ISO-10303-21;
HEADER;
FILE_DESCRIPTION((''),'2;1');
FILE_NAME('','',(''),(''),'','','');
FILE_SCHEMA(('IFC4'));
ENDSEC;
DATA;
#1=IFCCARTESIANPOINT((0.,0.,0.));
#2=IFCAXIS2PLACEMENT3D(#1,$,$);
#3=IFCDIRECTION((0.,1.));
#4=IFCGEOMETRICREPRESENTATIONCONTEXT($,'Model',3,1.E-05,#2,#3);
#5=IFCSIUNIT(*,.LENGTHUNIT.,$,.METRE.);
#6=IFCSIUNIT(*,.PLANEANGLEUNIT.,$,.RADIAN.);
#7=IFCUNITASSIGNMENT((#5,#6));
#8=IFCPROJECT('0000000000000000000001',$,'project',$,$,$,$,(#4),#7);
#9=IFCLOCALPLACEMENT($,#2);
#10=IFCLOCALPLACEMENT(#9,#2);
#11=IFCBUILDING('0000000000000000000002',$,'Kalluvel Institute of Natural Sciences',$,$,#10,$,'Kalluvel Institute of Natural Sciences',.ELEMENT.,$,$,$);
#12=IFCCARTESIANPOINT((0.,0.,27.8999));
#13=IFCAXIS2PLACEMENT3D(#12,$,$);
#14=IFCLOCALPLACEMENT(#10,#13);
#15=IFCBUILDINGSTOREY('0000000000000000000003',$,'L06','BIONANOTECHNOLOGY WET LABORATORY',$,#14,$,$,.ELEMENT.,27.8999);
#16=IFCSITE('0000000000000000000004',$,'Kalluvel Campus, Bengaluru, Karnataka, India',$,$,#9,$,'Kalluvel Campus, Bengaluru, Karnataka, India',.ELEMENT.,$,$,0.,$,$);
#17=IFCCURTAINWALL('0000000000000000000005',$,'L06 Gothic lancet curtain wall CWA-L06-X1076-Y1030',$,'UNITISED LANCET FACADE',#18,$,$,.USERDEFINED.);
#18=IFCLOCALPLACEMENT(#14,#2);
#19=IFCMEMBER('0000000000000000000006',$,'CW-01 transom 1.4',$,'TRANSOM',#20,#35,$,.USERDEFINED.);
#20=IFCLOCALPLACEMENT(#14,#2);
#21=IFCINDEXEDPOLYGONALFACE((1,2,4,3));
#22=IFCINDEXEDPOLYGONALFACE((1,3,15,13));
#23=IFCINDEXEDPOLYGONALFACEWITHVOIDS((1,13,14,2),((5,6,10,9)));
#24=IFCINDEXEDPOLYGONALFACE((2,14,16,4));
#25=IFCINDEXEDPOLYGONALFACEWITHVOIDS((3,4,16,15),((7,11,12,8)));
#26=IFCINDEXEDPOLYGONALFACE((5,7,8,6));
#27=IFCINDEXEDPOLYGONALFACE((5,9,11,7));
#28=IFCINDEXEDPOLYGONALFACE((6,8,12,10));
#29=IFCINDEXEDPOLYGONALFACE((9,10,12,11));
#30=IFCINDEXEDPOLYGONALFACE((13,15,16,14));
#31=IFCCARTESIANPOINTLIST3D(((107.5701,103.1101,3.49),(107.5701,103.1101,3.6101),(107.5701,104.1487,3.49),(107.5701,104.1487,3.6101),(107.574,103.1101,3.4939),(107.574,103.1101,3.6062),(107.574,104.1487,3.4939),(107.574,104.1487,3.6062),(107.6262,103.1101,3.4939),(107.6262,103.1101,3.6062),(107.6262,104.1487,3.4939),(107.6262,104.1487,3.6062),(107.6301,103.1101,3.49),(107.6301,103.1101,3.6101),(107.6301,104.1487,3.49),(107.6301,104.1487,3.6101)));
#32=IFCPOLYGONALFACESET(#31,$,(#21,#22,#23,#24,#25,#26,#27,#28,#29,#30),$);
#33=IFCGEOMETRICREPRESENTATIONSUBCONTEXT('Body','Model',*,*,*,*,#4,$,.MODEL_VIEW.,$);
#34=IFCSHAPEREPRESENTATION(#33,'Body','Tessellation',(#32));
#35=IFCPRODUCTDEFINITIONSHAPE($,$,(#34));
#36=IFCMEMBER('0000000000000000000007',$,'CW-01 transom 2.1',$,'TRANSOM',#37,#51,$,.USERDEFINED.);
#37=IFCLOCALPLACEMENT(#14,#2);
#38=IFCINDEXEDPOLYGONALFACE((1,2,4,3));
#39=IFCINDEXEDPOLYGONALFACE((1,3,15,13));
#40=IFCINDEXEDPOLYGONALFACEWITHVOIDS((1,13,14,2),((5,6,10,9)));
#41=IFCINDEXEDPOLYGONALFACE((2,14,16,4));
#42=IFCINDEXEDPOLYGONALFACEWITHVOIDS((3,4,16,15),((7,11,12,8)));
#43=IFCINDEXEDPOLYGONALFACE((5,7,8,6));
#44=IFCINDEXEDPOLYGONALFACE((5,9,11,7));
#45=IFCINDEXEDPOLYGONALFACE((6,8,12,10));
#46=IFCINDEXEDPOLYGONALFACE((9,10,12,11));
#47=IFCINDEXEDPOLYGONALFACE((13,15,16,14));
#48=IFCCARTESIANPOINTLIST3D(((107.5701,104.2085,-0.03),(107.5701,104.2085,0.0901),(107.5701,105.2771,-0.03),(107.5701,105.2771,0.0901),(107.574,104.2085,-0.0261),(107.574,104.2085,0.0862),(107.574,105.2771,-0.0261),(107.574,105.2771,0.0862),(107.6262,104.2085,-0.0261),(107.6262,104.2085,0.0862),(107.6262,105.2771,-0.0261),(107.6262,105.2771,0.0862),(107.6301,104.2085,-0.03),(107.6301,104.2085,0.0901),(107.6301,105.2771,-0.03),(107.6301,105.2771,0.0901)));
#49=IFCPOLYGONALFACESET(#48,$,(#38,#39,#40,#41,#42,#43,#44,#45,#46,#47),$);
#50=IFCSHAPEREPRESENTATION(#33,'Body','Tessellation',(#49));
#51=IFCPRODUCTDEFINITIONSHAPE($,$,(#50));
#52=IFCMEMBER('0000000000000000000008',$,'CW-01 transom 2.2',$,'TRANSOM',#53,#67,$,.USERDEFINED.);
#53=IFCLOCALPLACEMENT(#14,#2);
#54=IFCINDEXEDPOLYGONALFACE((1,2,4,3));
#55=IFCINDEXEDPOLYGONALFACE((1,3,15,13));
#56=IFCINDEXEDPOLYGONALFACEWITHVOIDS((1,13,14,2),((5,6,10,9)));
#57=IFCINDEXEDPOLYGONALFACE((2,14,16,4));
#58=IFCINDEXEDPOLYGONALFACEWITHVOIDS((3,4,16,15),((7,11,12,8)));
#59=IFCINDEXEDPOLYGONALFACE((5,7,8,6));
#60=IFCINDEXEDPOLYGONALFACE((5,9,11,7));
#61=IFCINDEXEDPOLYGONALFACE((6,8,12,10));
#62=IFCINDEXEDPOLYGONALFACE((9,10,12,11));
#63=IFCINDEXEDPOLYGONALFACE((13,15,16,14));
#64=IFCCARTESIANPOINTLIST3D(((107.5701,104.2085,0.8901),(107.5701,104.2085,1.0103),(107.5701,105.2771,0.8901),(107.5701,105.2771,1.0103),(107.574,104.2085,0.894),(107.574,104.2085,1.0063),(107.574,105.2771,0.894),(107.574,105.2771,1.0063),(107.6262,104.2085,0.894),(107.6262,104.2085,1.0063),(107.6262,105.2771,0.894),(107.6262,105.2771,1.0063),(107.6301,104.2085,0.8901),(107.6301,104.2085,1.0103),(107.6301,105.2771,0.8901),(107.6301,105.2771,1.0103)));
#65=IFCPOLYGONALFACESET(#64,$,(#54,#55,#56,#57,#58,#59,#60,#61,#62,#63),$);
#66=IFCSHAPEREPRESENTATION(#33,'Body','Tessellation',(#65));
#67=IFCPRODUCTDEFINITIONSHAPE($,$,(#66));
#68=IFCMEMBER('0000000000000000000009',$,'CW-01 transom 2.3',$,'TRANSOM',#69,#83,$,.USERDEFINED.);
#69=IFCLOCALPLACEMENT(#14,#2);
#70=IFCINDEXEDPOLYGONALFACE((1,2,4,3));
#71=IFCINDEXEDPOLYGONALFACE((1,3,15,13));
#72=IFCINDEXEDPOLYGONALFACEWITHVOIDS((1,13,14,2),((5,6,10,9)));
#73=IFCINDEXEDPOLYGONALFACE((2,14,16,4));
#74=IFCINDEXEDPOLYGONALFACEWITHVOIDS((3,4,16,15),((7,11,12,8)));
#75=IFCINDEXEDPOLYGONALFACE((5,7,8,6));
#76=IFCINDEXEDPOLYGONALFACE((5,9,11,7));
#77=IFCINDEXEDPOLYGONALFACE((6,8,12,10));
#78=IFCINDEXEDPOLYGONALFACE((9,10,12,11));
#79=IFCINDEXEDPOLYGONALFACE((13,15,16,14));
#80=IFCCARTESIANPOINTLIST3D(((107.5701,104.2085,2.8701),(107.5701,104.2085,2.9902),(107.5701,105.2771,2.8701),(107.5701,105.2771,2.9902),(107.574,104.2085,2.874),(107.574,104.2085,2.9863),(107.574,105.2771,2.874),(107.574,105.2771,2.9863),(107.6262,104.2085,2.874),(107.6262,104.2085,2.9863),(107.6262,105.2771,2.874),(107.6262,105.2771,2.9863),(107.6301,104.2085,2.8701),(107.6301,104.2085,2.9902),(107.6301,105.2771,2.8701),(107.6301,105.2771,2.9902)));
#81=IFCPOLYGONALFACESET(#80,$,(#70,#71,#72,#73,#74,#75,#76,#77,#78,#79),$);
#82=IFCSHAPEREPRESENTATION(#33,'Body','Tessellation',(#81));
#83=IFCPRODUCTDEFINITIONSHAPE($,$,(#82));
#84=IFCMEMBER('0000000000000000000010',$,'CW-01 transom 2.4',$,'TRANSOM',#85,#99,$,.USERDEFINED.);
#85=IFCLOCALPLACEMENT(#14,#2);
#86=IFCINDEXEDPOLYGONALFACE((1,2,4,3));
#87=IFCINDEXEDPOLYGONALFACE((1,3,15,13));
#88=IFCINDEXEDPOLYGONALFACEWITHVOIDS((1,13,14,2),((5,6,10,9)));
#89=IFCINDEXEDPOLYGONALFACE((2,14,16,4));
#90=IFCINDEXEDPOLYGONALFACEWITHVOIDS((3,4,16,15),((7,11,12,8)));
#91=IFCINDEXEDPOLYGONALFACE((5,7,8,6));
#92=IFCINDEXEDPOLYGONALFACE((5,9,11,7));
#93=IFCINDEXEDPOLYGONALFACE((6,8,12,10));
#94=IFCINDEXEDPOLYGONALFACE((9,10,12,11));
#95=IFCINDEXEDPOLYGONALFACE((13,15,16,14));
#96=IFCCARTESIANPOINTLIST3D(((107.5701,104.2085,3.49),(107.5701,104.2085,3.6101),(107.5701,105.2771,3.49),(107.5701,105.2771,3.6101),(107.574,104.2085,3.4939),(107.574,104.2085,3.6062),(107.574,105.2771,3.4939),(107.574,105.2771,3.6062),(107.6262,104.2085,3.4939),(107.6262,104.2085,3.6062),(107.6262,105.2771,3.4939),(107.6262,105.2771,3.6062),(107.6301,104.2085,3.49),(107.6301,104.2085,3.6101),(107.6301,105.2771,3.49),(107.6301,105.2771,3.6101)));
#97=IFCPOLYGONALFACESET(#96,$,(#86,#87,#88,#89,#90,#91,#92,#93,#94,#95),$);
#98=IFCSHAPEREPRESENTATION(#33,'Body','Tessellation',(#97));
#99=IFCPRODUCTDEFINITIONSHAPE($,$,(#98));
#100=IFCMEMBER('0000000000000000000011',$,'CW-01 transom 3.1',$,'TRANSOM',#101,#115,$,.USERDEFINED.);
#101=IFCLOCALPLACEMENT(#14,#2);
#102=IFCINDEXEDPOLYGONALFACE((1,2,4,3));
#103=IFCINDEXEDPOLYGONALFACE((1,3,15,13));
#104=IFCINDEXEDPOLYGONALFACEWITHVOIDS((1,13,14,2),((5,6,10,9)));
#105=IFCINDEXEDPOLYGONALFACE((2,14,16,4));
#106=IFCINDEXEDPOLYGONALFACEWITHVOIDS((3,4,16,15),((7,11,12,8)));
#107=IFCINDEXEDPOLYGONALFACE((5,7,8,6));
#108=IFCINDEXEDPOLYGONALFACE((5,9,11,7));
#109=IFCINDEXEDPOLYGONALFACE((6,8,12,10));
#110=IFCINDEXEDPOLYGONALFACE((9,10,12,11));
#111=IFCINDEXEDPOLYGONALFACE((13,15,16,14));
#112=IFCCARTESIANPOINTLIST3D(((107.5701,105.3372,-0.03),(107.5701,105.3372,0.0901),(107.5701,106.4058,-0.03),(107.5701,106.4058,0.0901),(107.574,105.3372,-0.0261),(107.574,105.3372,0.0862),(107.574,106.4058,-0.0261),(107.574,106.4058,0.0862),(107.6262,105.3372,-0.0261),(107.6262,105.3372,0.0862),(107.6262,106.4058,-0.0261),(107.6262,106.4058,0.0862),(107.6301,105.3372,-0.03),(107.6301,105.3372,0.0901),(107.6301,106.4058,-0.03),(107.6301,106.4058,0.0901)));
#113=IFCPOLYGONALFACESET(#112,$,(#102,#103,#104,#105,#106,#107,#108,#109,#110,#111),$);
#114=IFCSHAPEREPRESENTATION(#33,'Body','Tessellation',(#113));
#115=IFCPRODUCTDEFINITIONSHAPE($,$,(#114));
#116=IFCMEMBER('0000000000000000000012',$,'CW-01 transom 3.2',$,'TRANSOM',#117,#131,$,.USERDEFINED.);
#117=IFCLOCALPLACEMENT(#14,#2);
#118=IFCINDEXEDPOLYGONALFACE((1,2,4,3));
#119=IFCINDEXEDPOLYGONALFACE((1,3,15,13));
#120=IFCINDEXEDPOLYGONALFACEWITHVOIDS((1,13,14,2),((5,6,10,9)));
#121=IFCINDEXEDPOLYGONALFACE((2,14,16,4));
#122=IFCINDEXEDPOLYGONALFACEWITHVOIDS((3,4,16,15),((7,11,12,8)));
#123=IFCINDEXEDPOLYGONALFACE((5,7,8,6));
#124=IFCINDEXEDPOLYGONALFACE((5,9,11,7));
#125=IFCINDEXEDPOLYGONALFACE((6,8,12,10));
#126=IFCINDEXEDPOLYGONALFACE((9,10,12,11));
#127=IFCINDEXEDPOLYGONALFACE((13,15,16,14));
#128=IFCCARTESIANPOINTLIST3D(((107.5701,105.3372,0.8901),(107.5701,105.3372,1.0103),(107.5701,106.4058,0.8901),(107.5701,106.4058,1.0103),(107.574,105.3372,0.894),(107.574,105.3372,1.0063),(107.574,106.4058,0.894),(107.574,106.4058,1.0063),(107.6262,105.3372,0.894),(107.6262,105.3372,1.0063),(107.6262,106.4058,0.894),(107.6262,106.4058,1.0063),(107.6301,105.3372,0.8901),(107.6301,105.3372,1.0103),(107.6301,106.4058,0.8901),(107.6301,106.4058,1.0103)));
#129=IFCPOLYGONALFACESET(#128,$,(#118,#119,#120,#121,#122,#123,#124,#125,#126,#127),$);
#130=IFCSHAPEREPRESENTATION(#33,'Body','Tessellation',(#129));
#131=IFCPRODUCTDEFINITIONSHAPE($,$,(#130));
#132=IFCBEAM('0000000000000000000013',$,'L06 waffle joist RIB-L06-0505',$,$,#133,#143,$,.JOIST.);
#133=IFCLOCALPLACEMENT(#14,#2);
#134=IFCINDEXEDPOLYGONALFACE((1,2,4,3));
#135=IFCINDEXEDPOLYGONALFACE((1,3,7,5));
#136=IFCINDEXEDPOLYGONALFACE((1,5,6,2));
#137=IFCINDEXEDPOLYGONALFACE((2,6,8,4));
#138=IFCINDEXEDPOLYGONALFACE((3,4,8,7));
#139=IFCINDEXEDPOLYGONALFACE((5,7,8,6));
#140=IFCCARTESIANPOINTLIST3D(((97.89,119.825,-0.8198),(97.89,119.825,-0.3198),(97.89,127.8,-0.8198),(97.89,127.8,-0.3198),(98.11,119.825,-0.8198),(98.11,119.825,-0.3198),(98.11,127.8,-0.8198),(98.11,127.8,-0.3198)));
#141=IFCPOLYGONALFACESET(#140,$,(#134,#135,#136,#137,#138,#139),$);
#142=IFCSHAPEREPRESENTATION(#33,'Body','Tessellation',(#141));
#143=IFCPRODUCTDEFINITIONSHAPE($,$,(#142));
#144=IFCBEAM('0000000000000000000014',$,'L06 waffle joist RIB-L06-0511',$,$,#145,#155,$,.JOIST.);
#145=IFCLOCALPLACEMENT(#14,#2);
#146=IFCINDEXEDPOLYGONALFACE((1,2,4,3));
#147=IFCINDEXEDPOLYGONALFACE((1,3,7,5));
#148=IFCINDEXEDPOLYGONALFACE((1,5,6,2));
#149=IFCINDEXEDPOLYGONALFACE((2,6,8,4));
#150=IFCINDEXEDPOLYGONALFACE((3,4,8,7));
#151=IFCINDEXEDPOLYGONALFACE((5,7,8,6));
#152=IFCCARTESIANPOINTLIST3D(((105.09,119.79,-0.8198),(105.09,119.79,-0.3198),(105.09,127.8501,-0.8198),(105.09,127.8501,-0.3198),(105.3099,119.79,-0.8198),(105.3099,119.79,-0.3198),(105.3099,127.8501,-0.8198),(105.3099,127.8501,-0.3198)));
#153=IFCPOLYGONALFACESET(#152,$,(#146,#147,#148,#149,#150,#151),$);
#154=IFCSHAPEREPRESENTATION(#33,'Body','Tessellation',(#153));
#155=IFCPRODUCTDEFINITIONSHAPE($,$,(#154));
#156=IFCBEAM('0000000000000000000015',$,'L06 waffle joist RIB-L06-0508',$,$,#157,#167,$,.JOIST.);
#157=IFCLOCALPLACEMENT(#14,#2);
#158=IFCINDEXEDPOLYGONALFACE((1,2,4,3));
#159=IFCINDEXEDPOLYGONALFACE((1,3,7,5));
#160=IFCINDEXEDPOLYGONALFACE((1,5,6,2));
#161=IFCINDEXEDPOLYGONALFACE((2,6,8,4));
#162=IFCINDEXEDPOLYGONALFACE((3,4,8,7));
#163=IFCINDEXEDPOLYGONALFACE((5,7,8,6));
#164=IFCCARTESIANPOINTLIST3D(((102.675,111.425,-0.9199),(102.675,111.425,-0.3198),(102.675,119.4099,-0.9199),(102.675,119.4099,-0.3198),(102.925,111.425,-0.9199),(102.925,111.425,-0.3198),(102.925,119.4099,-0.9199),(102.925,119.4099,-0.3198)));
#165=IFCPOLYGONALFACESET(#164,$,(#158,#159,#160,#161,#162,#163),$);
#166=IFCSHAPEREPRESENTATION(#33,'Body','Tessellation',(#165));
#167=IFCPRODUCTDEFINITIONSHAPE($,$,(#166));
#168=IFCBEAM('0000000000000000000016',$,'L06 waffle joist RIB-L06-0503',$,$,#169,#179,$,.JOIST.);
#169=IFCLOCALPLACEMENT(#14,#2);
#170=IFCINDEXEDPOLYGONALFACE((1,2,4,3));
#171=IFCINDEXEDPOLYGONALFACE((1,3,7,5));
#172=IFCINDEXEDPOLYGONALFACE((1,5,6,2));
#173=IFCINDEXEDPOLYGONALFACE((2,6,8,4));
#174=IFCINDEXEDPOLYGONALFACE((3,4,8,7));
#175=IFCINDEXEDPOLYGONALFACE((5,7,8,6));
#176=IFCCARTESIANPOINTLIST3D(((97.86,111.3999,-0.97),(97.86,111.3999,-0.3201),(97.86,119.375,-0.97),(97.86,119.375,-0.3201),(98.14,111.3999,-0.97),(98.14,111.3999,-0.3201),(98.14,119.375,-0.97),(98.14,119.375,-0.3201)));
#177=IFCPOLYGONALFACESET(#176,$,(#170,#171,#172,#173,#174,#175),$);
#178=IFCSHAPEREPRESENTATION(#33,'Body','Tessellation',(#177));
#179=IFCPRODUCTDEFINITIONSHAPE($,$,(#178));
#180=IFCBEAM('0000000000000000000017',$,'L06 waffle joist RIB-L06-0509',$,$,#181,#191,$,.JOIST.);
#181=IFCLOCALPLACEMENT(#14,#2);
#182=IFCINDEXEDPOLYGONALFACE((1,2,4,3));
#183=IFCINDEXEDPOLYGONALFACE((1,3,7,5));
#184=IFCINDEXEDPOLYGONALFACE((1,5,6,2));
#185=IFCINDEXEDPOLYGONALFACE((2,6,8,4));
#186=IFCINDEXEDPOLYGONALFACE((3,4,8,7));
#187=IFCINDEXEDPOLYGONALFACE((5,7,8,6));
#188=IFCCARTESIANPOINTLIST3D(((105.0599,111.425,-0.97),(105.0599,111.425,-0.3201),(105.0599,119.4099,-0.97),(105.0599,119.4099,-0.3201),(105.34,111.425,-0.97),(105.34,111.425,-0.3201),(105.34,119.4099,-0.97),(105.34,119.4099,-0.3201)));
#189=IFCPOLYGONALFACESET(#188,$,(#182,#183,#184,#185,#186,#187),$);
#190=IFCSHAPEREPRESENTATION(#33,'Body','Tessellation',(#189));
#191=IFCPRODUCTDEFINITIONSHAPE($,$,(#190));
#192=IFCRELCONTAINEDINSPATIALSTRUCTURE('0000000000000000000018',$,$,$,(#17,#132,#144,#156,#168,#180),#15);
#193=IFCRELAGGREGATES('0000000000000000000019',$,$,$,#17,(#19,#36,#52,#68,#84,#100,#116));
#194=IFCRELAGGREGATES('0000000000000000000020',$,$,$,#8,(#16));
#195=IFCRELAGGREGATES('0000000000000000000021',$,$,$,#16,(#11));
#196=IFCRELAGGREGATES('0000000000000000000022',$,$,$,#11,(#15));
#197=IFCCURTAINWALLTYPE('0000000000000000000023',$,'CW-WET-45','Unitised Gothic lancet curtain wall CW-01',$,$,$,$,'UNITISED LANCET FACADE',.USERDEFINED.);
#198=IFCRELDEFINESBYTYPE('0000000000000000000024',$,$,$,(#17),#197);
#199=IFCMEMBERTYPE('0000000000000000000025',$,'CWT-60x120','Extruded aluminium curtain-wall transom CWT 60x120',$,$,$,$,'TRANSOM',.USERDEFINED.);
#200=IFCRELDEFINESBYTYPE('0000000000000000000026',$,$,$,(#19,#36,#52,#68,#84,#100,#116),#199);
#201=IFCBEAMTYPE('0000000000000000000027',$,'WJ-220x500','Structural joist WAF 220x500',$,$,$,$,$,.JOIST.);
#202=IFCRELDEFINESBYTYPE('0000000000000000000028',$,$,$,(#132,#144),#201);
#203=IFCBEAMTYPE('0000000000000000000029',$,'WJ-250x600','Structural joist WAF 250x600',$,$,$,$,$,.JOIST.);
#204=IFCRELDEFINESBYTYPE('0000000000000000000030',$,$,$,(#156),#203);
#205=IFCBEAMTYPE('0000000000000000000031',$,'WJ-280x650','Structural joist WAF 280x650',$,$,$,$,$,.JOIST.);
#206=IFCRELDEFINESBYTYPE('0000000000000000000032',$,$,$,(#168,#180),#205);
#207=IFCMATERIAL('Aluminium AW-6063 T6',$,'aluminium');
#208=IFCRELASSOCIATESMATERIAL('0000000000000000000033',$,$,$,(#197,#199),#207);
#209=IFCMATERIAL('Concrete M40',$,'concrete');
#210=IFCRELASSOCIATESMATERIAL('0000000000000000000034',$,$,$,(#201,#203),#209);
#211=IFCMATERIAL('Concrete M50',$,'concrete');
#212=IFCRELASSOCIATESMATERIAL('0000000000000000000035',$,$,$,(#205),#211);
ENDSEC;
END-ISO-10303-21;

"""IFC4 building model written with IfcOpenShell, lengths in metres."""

from ifc_helpers import new_model, si_unit, direction, frame, origin, origin_2d, place, context, subcontext, project, spatial, rectangle, hollow_rectangle, extrude, material, material_profile, profile_set, type_object, element, aggregate, save


model = new_model("IFC4")

# Units and contexts
model_context = context("Model", 3, precision=1e-05, world=origin(), true_north=direction((0.0, 1.0)))
body_context = subcontext(model_context, "Body", "Model", "MODEL_VIEW")
ifc_project = project(units=[si_unit("LENGTHUNIT", "METRE"), si_unit("PLANEANGLEUNIT", "RADIAN")], contexts=[model_context])

# Site, building, storey
site_placement = place(None, origin())
site = spatial("IfcSite", under=ifc_project, at=site_placement, Name="Kalluvel Campus, Bengaluru, Karnataka, India", LongName="Kalluvel Campus, Bengaluru, Karnataka, India", CompositionType="ELEMENT", RefElevation=0.0)
building_placement = place(site_placement, origin())
building = spatial("IfcBuilding", under=site, at=building_placement, Name="Kalluvel Institute of Natural Sciences", LongName="Kalluvel Institute of Natural Sciences", CompositionType="ELEMENT")
storey_placement = place(building_placement, frame((0.0, 0.0, 27.8999)))
storey = spatial("IfcBuildingStorey", under=building, at=storey_placement, Name="L06", Description="BIONANOTECHNOLOGY WET LABORATORY", CompositionType="ELEMENT", Elevation=27.8999)

# Shared definitions
ifc_material_1 = material(Name="Concrete M40", Category="concrete")

# Curtain wall, members
ifc_material_2 = material(Name="Aluminium AW-6063 T6", Category="aluminium")
curtain_wall_type = type_object("IfcCurtainWallType", Name="CW-WET-45", Description="Unitised Gothic lancet curtain wall CW-01", ElementType="UNITISED LANCET FACADE", PredefinedType="USERDEFINED", material=ifc_material_2)
curtain_wall_placement = place(storey_placement, origin())
curtain_wall = element("IfcCurtainWall", 1, at=curtain_wall_placement, inside=storey, type_object=curtain_wall_type, Name="L06 Gothic lancet curtain wall CWA-L06-X1076-Y1030", ObjectType="UNITISED LANCET FACADE", PredefinedType="USERDEFINED")
ifc_material_profile_1 = material_profile(ifc_material_2, hollow_rectangle(XDim=0.0601, YDim=0.1201, WallThickness=0.0039, at=origin_2d()), Name="CWT 60x120")
ifc_profile_set_1 = profile_set([ifc_material_profile_1], Name="Aluminium AW-6063 T6")
member_type_1 = type_object("IfcMemberType", Name="CWT-60x120", Description="Extruded aluminium curtain-wall transom CWT 60x120", ElementType="TRANSOM", PredefinedType="USERDEFINED", material=ifc_profile_set_1)
member_1_placement = place(storey_placement, frame((107.6001, 103.1101, 3.55), z_axis=(0.0, 1.0, 0.0), x_axis=(-1.0, 0.0, 0.0)))
member_1 = element("IfcMember", 2, at=member_1_placement, type_object=member_type_1, Name="CW-01 transom 1.4", ObjectType="TRANSOM", PredefinedType="USERDEFINED", context=body_context, shape_type="SweptSolid", body=[
    extrude(hollow_rectangle(XDim=0.0601, YDim=0.1201, WallThickness=0.0039, at=origin_2d()), origin(), (0.0, 0.0, 1.0), 1.0386),
])
member_2_placement = place(storey_placement, frame((107.6001, 104.2085, 0.03), z_axis=(0.0, 1.0, 0.0), x_axis=(-1.0, 0.0, 0.0)))
member_2 = element("IfcMember", 3, at=member_2_placement, type_object=member_type_1, Name="CW-01 transom 2.1", ObjectType="TRANSOM", PredefinedType="USERDEFINED", context=body_context, shape_type="SweptSolid", body=[
    extrude(hollow_rectangle(XDim=0.0601, YDim=0.1201, WallThickness=0.0039, at=origin_2d()), origin(), (0.0, 0.0, 1.0), 1.0686),
])
member_3_placement = place(storey_placement, frame((107.6001, 104.2085, 0.9502), z_axis=(0.0, 1.0, 0.0), x_axis=(-1.0, 0.0, 0.0)))
member_3 = element("IfcMember", 4, at=member_3_placement, type_object=member_type_1, Name="CW-01 transom 2.2", ObjectType="TRANSOM", PredefinedType="USERDEFINED", context=body_context, shape_type="SweptSolid", body=[
    extrude(hollow_rectangle(XDim=0.0601, YDim=0.1201, WallThickness=0.0039, at=origin_2d()), origin(), (0.0, 0.0, 1.0), 1.0686),
])
member_4_placement = place(storey_placement, frame((107.6001, 104.2085, 2.9302), z_axis=(0.0, 1.0, 0.0), x_axis=(-1.0, 0.0, 0.0)))
member_4 = element("IfcMember", 5, at=member_4_placement, type_object=member_type_1, Name="CW-01 transom 2.3", ObjectType="TRANSOM", PredefinedType="USERDEFINED", context=body_context, shape_type="SweptSolid", body=[
    extrude(hollow_rectangle(XDim=0.0601, YDim=0.1201, WallThickness=0.0039, at=origin_2d()), origin(), (0.0, 0.0, 1.0), 1.0686),
])
member_5_placement = place(storey_placement, frame((107.6001, 104.2085, 3.55), z_axis=(0.0, 1.0, 0.0), x_axis=(-1.0, 0.0, 0.0)))
member_5 = element("IfcMember", 6, at=member_5_placement, type_object=member_type_1, Name="CW-01 transom 2.4", ObjectType="TRANSOM", PredefinedType="USERDEFINED", context=body_context, shape_type="SweptSolid", body=[
    extrude(hollow_rectangle(XDim=0.0601, YDim=0.1201, WallThickness=0.0039, at=origin_2d()), origin(), (0.0, 0.0, 1.0), 1.0686),
])
member_6_placement = place(storey_placement, frame((107.6001, 105.3372, 0.03), z_axis=(0.0, 1.0, 0.0), x_axis=(-1.0, 0.0, 0.0)))
member_6 = element("IfcMember", 7, at=member_6_placement, type_object=member_type_1, Name="CW-01 transom 3.1", ObjectType="TRANSOM", PredefinedType="USERDEFINED", context=body_context, shape_type="SweptSolid", body=[
    extrude(hollow_rectangle(XDim=0.0601, YDim=0.1201, WallThickness=0.0039, at=origin_2d()), origin(), (0.0, 0.0, 1.0), 1.0686),
])
member_7_placement = place(storey_placement, frame((107.6001, 105.3372, 0.9502), z_axis=(0.0, 1.0, 0.0), x_axis=(-1.0, 0.0, 0.0)))
member_7 = element("IfcMember", 8, at=member_7_placement, type_object=member_type_1, Name="CW-01 transom 3.2", ObjectType="TRANSOM", PredefinedType="USERDEFINED", context=body_context, shape_type="SweptSolid", body=[
    extrude(hollow_rectangle(XDim=0.0601, YDim=0.1201, WallThickness=0.0039, at=origin_2d()), origin(), (0.0, 0.0, 1.0), 1.0686),
])

# Beams
ifc_material_profile_2 = material_profile(ifc_material_1, rectangle(XDim=0.22, YDim=0.5, at=origin_2d()), Name="WAF 220x500")
ifc_profile_set_2 = profile_set([ifc_material_profile_2], Name="Concrete M40")
beam_type_1 = type_object("IfcBeamType", Name="WJ-220x500", Description="Structural joist WAF 220x500", PredefinedType="JOIST", material=ifc_profile_set_2)
beam_1_placement = place(storey_placement, frame((98.0, 119.825, -0.5698), z_axis=(0.0, 1.0, 0.0), x_axis=(-1.0, 0.0, 0.0)))
element("IfcBeam", 9, at=beam_1_placement, inside=storey, type_object=beam_type_1, Name="L06 waffle joist RIB-L06-0505", PredefinedType="JOIST", context=body_context, shape_type="SweptSolid", body=[
    extrude(rectangle(XDim=0.22, YDim=0.5, at=origin_2d()), origin(), (0.0, 0.0, 1.0), 7.9751),
])
beam_2_placement = place(storey_placement, frame((105.2, 119.79, -0.5698), z_axis=(0.0, 1.0, 0.0), x_axis=(-1.0, 0.0, 0.0)))
element("IfcBeam", 10, at=beam_2_placement, inside=storey, type_object=beam_type_1, Name="L06 waffle joist RIB-L06-0511", PredefinedType="JOIST", context=body_context, shape_type="SweptSolid", body=[
    extrude(rectangle(XDim=0.22, YDim=0.5, at=origin_2d()), origin(), (0.0, 0.0, 1.0), 8.0601),
])
ifc_material_profile_3 = material_profile(ifc_material_1, rectangle(XDim=0.25, YDim=0.6001, at=origin_2d()), Name="WAF 250x600")
ifc_profile_set_3 = profile_set([ifc_material_profile_3], Name="Concrete M40")
beam_type_2 = type_object("IfcBeamType", Name="WJ-250x600", Description="Structural joist WAF 250x600", PredefinedType="JOIST", material=ifc_profile_set_3)
beam_3_placement = place(storey_placement, frame((102.8, 111.425, -0.6199), z_axis=(0.0, 1.0, 0.0), x_axis=(-1.0, 0.0, 0.0)))
element("IfcBeam", 11, at=beam_3_placement, inside=storey, type_object=beam_type_2, Name="L06 waffle joist RIB-L06-0508", PredefinedType="JOIST", context=body_context, shape_type="SweptSolid", body=[
    extrude(rectangle(XDim=0.25, YDim=0.6001, at=origin_2d()), origin(), (0.0, 0.0, 1.0), 7.9849),
])
ifc_material_3 = material(Name="Concrete M50", Category="concrete")
ifc_material_profile_4 = material_profile(ifc_material_3, rectangle(XDim=0.28, YDim=0.6499, at=origin_2d()), Name="WAF 280x650")
ifc_profile_set_4 = profile_set([ifc_material_profile_4], Name="Concrete M50")
beam_type_3 = type_object("IfcBeamType", Name="WJ-280x650", Description="Structural joist WAF 280x650", PredefinedType="JOIST", material=ifc_profile_set_4)
beam_4_placement = place(storey_placement, frame((98.0, 111.3999, -0.645), z_axis=(0.0, 1.0, 0.0), x_axis=(-1.0, 0.0, 0.0)))
element("IfcBeam", 12, at=beam_4_placement, inside=storey, type_object=beam_type_3, Name="L06 waffle joist RIB-L06-0503", PredefinedType="JOIST", context=body_context, shape_type="SweptSolid", body=[
    extrude(rectangle(XDim=0.28, YDim=0.6499, at=origin_2d()), origin(), (0.0, 0.0, 1.0), 7.9751),
])
beam_5_placement = place(storey_placement, frame((105.2, 111.425, -0.645), z_axis=(0.0, 1.0, 0.0), x_axis=(-1.0, 0.0, 0.0)))
element("IfcBeam", 13, at=beam_5_placement, inside=storey, type_object=beam_type_3, Name="L06 waffle joist RIB-L06-0509", PredefinedType="JOIST", context=body_context, shape_type="SweptSolid", body=[
    extrude(rectangle(XDim=0.28, YDim=0.6499, at=origin_2d()), origin(), (0.0, 0.0, 1.0), 7.9849),
])

aggregate(curtain_wall, [member_1, member_2, member_3, member_4, member_5, member_6, member_7])

save(model, "model.ifc")
